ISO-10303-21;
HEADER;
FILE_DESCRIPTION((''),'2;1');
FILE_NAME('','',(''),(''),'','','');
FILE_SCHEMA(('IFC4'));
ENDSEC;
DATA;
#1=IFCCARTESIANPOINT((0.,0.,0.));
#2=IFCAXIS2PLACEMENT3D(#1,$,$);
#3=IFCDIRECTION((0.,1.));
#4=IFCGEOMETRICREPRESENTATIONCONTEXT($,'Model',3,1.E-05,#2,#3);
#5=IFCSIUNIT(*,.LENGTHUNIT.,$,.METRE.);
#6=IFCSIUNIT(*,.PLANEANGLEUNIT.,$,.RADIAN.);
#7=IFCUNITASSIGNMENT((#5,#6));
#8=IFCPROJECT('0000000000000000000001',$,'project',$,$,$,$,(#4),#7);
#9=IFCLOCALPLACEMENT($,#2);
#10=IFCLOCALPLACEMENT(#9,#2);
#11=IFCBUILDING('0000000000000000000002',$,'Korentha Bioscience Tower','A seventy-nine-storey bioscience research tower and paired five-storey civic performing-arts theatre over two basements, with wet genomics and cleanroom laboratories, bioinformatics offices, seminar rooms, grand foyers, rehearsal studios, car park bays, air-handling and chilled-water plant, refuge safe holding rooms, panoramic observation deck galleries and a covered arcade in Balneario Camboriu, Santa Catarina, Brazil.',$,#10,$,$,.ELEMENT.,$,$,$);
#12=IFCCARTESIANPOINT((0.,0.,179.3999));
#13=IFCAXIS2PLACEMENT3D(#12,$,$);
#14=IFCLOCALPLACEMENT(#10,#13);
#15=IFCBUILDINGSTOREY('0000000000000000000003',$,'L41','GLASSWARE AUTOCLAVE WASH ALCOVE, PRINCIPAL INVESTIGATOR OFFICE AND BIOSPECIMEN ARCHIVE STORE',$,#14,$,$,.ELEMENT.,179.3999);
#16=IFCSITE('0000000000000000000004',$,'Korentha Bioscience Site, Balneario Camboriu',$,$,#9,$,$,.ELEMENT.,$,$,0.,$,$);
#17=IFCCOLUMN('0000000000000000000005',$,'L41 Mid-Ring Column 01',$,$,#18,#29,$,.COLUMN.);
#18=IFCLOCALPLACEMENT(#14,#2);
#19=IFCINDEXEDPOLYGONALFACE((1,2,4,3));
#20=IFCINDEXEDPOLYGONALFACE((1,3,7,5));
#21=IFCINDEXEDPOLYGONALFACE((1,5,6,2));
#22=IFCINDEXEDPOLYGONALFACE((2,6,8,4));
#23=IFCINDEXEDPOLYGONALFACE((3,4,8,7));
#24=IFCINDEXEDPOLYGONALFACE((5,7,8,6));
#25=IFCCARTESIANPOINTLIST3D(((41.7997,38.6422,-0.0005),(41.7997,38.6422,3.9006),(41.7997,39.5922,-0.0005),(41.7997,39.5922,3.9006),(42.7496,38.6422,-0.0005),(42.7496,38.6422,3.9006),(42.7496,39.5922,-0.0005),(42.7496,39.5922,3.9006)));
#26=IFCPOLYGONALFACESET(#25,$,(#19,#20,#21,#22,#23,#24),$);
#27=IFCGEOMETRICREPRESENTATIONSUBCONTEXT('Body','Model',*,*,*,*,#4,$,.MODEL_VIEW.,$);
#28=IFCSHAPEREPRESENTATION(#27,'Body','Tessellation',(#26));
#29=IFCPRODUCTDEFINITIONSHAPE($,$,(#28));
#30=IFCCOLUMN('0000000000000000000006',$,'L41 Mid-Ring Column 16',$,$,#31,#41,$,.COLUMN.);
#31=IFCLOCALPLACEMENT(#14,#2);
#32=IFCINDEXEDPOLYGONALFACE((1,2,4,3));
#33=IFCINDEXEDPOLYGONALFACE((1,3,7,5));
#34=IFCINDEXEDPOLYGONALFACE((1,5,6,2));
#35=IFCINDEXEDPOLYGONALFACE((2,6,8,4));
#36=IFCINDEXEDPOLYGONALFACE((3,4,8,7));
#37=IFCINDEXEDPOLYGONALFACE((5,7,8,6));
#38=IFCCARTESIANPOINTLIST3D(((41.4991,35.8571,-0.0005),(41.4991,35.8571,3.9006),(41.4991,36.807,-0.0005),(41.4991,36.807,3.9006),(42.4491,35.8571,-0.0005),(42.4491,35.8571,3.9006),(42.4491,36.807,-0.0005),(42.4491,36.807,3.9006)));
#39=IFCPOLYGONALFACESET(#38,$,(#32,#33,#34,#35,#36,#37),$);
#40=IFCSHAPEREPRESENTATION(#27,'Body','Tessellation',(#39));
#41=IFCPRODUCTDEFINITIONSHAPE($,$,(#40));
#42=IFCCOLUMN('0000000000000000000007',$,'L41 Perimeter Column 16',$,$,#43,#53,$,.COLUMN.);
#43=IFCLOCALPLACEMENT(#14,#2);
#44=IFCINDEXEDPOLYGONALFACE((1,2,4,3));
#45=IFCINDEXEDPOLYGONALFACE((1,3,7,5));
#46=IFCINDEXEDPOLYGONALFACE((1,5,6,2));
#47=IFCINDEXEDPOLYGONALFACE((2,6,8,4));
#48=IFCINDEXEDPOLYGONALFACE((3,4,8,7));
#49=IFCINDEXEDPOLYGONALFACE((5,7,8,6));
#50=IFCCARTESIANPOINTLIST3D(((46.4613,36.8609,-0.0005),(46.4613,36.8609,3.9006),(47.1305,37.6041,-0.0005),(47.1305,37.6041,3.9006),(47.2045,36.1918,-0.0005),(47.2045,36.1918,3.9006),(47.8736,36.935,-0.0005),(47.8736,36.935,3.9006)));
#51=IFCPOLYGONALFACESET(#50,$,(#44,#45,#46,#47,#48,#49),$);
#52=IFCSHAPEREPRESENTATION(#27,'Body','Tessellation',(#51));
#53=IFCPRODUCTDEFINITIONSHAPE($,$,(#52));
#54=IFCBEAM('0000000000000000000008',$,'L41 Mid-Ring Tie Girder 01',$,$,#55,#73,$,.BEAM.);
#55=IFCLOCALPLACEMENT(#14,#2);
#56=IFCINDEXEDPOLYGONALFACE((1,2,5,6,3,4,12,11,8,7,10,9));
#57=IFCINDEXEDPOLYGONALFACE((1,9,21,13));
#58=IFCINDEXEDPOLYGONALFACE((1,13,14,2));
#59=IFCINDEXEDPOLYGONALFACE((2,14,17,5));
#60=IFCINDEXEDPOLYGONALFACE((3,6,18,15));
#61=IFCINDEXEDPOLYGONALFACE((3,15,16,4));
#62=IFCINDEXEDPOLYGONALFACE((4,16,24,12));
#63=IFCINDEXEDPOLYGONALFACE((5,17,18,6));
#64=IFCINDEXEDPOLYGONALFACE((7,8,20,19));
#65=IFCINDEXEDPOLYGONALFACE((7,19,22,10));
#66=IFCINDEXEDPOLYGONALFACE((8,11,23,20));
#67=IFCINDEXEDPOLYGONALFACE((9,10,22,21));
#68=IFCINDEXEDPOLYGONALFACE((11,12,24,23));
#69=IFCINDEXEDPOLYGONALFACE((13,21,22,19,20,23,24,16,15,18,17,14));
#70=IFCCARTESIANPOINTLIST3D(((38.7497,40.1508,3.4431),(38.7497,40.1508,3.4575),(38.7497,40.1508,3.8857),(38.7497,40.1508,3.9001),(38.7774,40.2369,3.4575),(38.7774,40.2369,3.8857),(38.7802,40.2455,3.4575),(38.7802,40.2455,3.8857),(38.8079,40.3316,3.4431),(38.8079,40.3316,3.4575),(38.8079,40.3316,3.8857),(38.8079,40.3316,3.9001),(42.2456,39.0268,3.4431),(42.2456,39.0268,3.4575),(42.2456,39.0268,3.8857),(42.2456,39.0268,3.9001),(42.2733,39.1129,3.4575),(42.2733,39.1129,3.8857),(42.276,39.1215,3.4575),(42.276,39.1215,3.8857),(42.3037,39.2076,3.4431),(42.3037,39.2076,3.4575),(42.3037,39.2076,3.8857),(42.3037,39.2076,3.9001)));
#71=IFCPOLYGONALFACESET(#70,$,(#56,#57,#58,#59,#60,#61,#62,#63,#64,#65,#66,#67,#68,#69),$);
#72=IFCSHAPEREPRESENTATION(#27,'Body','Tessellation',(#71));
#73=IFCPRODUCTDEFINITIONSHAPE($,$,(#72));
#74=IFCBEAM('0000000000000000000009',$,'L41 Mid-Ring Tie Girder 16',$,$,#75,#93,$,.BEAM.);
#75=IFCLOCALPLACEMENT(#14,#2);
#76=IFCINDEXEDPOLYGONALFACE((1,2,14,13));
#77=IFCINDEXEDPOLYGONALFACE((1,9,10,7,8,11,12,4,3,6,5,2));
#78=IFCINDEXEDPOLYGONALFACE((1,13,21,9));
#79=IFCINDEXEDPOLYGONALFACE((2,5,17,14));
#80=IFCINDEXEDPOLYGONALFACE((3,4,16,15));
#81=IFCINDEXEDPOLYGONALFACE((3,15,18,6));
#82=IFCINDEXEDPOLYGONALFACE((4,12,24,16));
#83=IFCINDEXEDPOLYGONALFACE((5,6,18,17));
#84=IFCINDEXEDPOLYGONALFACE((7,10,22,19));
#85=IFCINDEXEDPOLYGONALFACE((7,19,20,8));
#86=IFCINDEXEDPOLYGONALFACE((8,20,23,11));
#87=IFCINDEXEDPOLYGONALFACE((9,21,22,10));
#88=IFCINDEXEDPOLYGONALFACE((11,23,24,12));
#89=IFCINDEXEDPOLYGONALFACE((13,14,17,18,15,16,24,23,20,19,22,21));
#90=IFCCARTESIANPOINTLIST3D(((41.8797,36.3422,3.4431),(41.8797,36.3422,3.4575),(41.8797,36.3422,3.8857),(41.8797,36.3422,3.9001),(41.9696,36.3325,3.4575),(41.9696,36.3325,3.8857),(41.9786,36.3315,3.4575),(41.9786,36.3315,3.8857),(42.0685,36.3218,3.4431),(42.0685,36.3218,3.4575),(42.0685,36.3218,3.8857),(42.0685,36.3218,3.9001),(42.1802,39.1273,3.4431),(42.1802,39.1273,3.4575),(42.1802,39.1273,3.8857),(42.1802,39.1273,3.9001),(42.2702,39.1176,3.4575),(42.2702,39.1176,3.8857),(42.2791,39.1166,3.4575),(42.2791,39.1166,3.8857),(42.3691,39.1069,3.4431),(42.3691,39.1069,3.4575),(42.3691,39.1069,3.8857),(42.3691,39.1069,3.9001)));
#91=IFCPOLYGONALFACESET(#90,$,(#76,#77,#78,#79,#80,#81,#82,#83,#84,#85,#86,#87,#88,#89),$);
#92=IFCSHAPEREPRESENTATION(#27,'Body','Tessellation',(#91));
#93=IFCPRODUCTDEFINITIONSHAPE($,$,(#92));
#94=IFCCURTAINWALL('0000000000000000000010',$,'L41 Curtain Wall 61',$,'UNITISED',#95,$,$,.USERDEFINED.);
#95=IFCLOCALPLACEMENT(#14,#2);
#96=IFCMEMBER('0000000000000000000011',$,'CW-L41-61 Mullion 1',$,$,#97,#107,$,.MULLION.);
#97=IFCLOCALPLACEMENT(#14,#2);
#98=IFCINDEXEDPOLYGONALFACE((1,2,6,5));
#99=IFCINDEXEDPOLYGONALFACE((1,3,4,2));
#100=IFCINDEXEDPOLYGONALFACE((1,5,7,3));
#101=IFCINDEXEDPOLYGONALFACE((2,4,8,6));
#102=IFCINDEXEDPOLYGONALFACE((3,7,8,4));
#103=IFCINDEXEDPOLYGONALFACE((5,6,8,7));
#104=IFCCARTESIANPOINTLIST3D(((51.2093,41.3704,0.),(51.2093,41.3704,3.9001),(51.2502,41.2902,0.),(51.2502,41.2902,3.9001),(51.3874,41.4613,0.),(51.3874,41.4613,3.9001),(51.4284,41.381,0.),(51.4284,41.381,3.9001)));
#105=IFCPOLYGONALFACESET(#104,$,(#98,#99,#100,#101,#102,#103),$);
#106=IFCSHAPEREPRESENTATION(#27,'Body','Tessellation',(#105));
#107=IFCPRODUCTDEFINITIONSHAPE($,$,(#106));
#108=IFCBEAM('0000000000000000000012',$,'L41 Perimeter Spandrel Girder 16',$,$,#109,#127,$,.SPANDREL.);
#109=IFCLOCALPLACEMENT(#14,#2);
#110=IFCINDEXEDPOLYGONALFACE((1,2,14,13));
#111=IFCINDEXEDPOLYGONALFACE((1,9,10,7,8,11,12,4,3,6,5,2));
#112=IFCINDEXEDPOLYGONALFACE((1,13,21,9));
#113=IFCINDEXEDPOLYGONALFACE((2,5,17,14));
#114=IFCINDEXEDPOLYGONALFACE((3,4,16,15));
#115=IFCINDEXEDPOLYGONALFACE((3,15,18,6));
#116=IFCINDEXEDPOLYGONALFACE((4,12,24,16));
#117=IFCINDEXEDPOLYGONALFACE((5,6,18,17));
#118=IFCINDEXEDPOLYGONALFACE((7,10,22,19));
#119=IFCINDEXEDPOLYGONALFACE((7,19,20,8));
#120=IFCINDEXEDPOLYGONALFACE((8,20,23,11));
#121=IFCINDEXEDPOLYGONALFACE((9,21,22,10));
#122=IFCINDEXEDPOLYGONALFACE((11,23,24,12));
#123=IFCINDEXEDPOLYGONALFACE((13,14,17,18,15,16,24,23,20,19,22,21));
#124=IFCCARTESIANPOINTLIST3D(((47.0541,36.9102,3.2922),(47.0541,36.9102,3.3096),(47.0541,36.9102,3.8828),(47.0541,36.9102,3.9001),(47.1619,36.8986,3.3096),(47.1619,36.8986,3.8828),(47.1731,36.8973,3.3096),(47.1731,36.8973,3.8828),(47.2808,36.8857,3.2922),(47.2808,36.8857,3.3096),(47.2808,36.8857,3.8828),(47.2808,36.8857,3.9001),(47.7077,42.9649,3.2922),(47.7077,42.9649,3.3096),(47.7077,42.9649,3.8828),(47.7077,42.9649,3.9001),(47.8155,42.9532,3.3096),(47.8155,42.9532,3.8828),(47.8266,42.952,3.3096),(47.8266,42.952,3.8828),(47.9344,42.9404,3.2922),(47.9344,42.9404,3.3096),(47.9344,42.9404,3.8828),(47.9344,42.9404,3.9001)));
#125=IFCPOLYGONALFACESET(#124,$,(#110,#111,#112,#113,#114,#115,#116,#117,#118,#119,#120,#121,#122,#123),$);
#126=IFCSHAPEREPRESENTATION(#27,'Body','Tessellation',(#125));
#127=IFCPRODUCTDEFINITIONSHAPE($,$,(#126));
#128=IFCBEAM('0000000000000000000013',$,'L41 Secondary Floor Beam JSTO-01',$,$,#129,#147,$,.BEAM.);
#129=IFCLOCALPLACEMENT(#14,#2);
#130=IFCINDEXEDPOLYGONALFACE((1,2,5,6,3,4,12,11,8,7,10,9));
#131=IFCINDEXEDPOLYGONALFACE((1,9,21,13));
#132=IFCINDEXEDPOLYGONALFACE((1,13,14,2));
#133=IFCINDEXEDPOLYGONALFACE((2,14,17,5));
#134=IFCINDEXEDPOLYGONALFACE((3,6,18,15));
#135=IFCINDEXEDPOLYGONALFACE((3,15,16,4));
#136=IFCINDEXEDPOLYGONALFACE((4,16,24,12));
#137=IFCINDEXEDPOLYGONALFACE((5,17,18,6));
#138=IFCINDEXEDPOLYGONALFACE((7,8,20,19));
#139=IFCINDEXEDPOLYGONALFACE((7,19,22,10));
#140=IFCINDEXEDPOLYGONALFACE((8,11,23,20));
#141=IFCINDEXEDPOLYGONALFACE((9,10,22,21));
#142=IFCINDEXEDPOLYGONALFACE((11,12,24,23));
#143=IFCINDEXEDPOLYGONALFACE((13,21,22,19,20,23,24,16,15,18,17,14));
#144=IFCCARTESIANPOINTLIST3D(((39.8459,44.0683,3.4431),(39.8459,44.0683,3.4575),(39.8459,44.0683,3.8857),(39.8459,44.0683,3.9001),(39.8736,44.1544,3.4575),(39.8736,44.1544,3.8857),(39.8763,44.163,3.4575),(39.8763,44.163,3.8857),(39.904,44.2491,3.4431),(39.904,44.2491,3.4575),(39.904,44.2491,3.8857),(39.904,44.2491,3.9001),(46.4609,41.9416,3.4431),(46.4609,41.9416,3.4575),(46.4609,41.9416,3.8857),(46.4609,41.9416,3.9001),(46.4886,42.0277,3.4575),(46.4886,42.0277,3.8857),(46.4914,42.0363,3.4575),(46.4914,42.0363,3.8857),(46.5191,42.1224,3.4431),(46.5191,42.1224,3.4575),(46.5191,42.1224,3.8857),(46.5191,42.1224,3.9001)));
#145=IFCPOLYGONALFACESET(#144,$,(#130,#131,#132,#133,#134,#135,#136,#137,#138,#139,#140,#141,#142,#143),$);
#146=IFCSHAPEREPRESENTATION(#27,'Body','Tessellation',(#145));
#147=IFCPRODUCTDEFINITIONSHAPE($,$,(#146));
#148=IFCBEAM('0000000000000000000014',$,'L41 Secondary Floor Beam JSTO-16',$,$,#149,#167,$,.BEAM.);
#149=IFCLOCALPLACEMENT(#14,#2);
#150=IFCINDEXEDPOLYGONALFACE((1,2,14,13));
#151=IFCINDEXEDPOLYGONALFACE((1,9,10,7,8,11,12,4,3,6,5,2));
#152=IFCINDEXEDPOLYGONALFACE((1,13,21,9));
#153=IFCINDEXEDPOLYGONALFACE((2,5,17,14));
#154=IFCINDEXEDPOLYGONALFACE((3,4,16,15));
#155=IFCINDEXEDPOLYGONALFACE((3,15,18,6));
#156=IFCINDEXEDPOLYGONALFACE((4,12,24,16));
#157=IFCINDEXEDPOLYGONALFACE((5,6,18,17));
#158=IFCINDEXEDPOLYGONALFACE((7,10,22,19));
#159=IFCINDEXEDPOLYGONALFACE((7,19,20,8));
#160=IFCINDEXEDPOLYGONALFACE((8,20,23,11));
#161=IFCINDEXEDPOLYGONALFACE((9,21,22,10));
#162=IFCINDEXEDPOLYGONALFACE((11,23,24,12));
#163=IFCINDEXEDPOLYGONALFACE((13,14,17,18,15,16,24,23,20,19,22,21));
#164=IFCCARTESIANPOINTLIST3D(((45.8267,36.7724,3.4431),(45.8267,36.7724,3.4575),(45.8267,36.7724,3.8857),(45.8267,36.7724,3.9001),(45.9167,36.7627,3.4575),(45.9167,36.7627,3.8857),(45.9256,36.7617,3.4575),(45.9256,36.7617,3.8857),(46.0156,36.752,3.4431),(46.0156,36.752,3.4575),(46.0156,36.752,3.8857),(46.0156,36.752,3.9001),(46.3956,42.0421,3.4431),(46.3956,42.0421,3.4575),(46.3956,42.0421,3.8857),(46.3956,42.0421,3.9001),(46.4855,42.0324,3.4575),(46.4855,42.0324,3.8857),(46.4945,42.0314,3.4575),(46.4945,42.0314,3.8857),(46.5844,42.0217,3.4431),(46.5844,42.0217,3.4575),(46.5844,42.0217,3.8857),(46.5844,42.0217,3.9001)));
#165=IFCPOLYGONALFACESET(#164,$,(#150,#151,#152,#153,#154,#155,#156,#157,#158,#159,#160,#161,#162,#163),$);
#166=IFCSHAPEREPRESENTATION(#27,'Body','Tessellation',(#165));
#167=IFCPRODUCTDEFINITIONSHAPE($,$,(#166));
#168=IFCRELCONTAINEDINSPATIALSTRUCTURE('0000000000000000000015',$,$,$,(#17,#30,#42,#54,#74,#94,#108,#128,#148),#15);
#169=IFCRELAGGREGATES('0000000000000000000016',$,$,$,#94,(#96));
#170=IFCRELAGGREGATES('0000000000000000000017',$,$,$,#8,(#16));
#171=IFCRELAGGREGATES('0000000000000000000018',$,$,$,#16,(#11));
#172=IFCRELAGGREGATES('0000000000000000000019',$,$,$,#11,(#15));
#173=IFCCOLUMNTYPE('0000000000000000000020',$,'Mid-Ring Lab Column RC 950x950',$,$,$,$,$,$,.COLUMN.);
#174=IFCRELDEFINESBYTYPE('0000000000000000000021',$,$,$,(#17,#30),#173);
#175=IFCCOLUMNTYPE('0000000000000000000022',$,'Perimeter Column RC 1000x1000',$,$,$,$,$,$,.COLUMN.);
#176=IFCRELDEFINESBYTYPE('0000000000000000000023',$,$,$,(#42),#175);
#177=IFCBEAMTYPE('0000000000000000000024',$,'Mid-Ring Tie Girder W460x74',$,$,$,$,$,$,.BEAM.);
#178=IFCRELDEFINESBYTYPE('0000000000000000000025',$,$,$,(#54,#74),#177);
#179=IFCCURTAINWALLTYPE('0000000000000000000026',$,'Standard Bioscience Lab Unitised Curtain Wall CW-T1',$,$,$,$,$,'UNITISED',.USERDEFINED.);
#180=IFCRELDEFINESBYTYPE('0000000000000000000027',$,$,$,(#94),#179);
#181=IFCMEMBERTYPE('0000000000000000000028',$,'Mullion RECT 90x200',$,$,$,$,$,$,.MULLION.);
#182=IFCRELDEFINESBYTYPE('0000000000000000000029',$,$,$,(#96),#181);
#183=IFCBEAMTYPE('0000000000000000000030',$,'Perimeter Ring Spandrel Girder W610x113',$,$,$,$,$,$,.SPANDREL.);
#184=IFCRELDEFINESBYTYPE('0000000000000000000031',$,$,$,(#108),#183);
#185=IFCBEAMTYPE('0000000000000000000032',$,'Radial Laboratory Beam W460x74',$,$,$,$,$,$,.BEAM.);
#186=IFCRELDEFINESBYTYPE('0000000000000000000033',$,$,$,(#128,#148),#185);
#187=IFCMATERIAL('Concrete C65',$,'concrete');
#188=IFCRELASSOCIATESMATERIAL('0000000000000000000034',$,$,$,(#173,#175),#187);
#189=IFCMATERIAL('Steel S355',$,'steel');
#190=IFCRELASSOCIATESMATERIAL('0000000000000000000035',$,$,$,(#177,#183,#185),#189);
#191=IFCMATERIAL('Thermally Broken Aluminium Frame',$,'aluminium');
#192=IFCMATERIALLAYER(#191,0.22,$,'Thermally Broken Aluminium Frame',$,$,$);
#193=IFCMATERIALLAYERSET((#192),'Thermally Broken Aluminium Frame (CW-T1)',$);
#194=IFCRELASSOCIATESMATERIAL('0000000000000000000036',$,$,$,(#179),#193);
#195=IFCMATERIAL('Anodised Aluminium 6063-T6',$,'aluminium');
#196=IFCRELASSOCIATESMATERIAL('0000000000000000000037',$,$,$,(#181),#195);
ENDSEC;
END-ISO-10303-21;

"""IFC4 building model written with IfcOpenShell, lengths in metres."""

from ifc_helpers import new_model, si_unit, direction, frame, origin, origin_2d, place, context, subcontext, project, spatial, rectangle, i_section, extrude, material, layer, layer_set, material_profile, profile_set, type_object, element, aggregate, save


model = new_model("IFC4")

# Units and contexts
model_context = context("Model", 3, precision=1e-05, world=origin(), true_north=direction((0.0, 1.0)))
body_context = subcontext(model_context, "Body", "Model", "MODEL_VIEW")
ifc_project = project(units=[si_unit("LENGTHUNIT", "METRE"), si_unit("PLANEANGLEUNIT", "RADIAN")], contexts=[model_context])

# Site, building, storey
site_placement = place(None, origin())
site = spatial("IfcSite", under=ifc_project, at=site_placement, Name="Korentha Bioscience Site, Balneario Camboriu", CompositionType="ELEMENT", RefElevation=0.0)
building_placement = place(site_placement, origin())
building = spatial("IfcBuilding", under=site, at=building_placement, Name="Korentha Bioscience Tower", Description="A seventy-nine-storey bioscience research tower and paired five-storey civic performing-arts theatre over two basements, with wet genomics and cleanroom laboratories, bioinformatics offices, seminar rooms, grand foyers, rehearsal studios, car park bays, air-handling and chilled-water plant, refuge safe holding rooms, panoramic observation deck galleries and a covered arcade in Balneario Camboriu, Santa Catarina, Brazil.", CompositionType="ELEMENT")
storey_placement = place(building_placement, frame((0.0, 0.0, 179.3999)))
storey = spatial("IfcBuildingStorey", under=building, at=storey_placement, Name="L41", Description="GLASSWARE AUTOCLAVE WASH ALCOVE, PRINCIPAL INVESTIGATOR OFFICE AND BIOSPECIMEN ARCHIVE STORE", CompositionType="ELEMENT", Elevation=179.3999)

# Columns
ifc_material_1 = material(Name="Concrete C65", Category="concrete")
ifc_material_profile_1 = material_profile(ifc_material_1, rectangle(XDim=0.95, YDim=0.95, at=origin_2d()), Name="Concrete C65")
ifc_profile_set_1 = profile_set([ifc_material_profile_1], Name="Concrete C65 (COL-MR09)")
column_type_1 = type_object("IfcColumnType", Name="Mid-Ring Lab Column RC 950x950", PredefinedType="COLUMN", material=ifc_profile_set_1)
for number, where, z_axis, x_axis, name in (
    (1, (42.2747, 39.1172, -0.0005), (0.0, 0.0, 1.0), (1.0, 0.0, 0.0), "L41 Mid-Ring Column 01"),
    (2, (41.9741, 36.332, -0.0005), (0.0, 0.0, 1.0), (1.0, 0.0, 0.0), "L41 Mid-Ring Column 16"),
):
    element("IfcColumn", number, at=place(storey_placement, frame(where, z_axis=z_axis, x_axis=x_axis)), inside=storey, type_object=column_type_1, Name=name, PredefinedType="COLUMN", context=body_context, shape_type="SweptSolid", body=[
        extrude(rectangle(XDim=0.95, YDim=0.95, at=origin_2d()), origin(), (0.0, 0.0, 1.0), 3.9011),
    ])
ifc_material_profile_2 = material_profile(ifc_material_1, rectangle(XDim=1.0, YDim=1.0, at=origin_2d()), Name="Concrete C65")
ifc_profile_set_2 = profile_set([ifc_material_profile_2], Name="Concrete C65 (COL-P10)")
column_type_2 = type_object("IfcColumnType", Name="Perimeter Column RC 1000x1000", PredefinedType="COLUMN", material=ifc_profile_set_2)
column_placement = place(storey_placement, frame((47.1675, 36.8979, -0.0005), z_axis=(0.0, 0.0, 1.0), x_axis=(0.669131, 0.743145, 0.0)))
element("IfcColumn", 3, at=column_placement, inside=storey, type_object=column_type_2, Name="L41 Perimeter Column 16", PredefinedType="COLUMN", context=body_context, shape_type="SweptSolid", body=[
    extrude(rectangle(XDim=1.0, YDim=1.0, at=origin_2d()), origin(), (0.0, 0.0, 1.0), 3.9011),
])

# Beams
ifc_material_2 = material(Name="Steel S355", Category="steel")
ifc_material_profile_3 = material_profile(ifc_material_2, i_section(OverallWidth=0.1899, OverallDepth=0.457, WebThickness=0.009, FlangeThickness=0.0144, at=origin_2d()), Name="Steel S355")
ifc_profile_set_3 = profile_set([ifc_material_profile_3], Name="Steel S355 (MB-460)")
beam_type_1 = type_object("IfcBeamType", Name="Mid-Ring Tie Girder W460x74", PredefinedType="BEAM", material=ifc_profile_set_3)
beam_1_placement = place(storey_placement, frame((42.2747, 39.1172, 3.6716), z_axis=(-0.952, 0.306097, 0.0), x_axis=(-0.306097, -0.952, 0.0)))
element("IfcBeam", 4, at=beam_1_placement, inside=storey, type_object=beam_type_1, Name="L41 Mid-Ring Tie Girder 01", PredefinedType="BEAM", context=body_context, shape_type="SweptSolid", body=[
    extrude(i_section(OverallWidth=0.1899, OverallDepth=0.457, WebThickness=0.009, FlangeThickness=0.0144, at=origin_2d()), origin(), (0.0, 0.0, 1.0), 3.6721),
])
beam_2_placement = place(storey_placement, frame((41.9741, 36.332, 3.6716), z_axis=(0.107284, 0.994228, 0.0), x_axis=(-0.994228, 0.107284, 0.0)))
element("IfcBeam", 5, at=beam_2_placement, inside=storey, type_object=beam_type_1, Name="L41 Mid-Ring Tie Girder 16", PredefinedType="BEAM", context=body_context, shape_type="SweptSolid", body=[
    extrude(i_section(OverallWidth=0.1899, OverallDepth=0.457, WebThickness=0.009, FlangeThickness=0.0144, at=origin_2d()), origin(), (0.0, 0.0, 1.0), 2.8013),
])

# Curtain wall, member
ifc_material_3 = material(Name="Thermally Broken Aluminium Frame", Category="aluminium")
ifc_layer_1 = layer(ifc_material_3, 0.22, Name="Thermally Broken Aluminium Frame")
ifc_layer_set_1 = layer_set([ifc_layer_1], Name="Thermally Broken Aluminium Frame (CW-T1)")
curtain_wall_type = type_object("IfcCurtainWallType", Name="Standard Bioscience Lab Unitised Curtain Wall CW-T1", ElementType="UNITISED", PredefinedType="USERDEFINED", material=ifc_layer_set_1)
curtain_wall_placement = place(storey_placement, origin())
curtain_wall = element("IfcCurtainWall", 6, at=curtain_wall_placement, inside=storey, type_object=curtain_wall_type, Name="L41 Curtain Wall 61", ObjectType="UNITISED", PredefinedType="USERDEFINED")
ifc_material_4 = material(Name="Anodised Aluminium 6063-T6", Category="aluminium")
ifc_material_profile_4 = material_profile(ifc_material_4, rectangle(XDim=0.0901, YDim=0.2, at=origin_2d()), Name="Anodised Aluminium 6063-T6")
ifc_profile_set_4 = profile_set([ifc_material_profile_4], Name="Anodised Aluminium 6063-T6 (CW-MUL)")
member_type_1 = type_object("IfcMemberType", Name="Mullion RECT 90x200", PredefinedType="MULLION", material=ifc_profile_set_4)
member_1_placement = place(storey_placement, frame((51.3188, 41.3757, 0.0), z_axis=(0.0, 0.0, 1.0), x_axis=(-0.454288, 0.890855, 0.0)))
member_1 = element("IfcMember", 7, at=member_1_placement, type_object=member_type_1, Name="CW-L41-61 Mullion 1", PredefinedType="MULLION", context=body_context, shape_type="SweptSolid", body=[
    extrude(rectangle(XDim=0.0901, YDim=0.2, at=origin_2d()), origin(), (0.0, 0.0, 1.0), 3.9001),
])

# Beams
ifc_material_profile_5 = material_profile(ifc_material_2, i_section(OverallWidth=0.228, OverallDepth=0.6079, WebThickness=0.0112, FlangeThickness=0.0173, at=origin_2d()), Name="Steel S355")
ifc_profile_set_5 = profile_set([ifc_material_profile_5], Name="Steel S355 (SB-610)")
beam_type_2 = type_object("IfcBeamType", Name="Perimeter Ring Spandrel Girder W610x113", PredefinedType="SPANDREL", material=ifc_profile_set_5)
beam_3_placement = place(storey_placement, frame((47.1675, 36.8979, 3.5962), z_axis=(0.10732, 0.994225, 0.0), x_axis=(-0.994225, 0.10732, 0.0)))
element("IfcBeam", 8, at=beam_3_placement, inside=storey, type_object=beam_type_2, Name="L41 Perimeter Spandrel Girder 16", PredefinedType="SPANDREL", context=body_context, shape_type="SweptSolid", body=[
    extrude(i_section(OverallWidth=0.228, OverallDepth=0.6079, WebThickness=0.0112, FlangeThickness=0.0173, at=origin_2d()), origin(), (0.0, 0.0, 1.0), 6.0898),
])
ifc_material_profile_6 = material_profile(ifc_material_2, i_section(OverallWidth=0.1899, OverallDepth=0.457, WebThickness=0.009, FlangeThickness=0.0144, at=origin_2d()), Name="Steel S355")
ifc_profile_set_6 = profile_set([ifc_material_profile_6], Name="Steel S355 (RB-460)")
beam_type_3 = type_object("IfcBeamType", Name="Radial Laboratory Beam W460x74", PredefinedType="BEAM", material=ifc_profile_set_6)
beam_4_placement = place(storey_placement, frame((46.49, 42.032, 3.6716), z_axis=(-0.952009, 0.306069, 0.0), x_axis=(-0.306069, -0.952009, 0.0)))
element("IfcBeam", 9, at=beam_4_placement, inside=storey, type_object=beam_type_3, Name="L41 Secondary Floor Beam JSTO-01", PredefinedType="BEAM", context=body_context, shape_type="SweptSolid", body=[
    extrude(i_section(OverallWidth=0.1899, OverallDepth=0.457, WebThickness=0.009, FlangeThickness=0.0144, at=origin_2d()), origin(), (0.0, 0.0, 1.0), 6.9485),
])
beam_5_placement = place(storey_placement, frame((45.9211, 36.7622, 3.6716), z_axis=(0.107322, 0.994224, 0.0), x_axis=(-0.994224, 0.107322, 0.0)))
element("IfcBeam", 10, at=beam_5_placement, inside=storey, type_object=beam_type_3, Name="L41 Secondary Floor Beam JSTO-16", PredefinedType="BEAM", context=body_context, shape_type="SweptSolid", body=[
    extrude(i_section(OverallWidth=0.1899, OverallDepth=0.457, WebThickness=0.009, FlangeThickness=0.0144, at=origin_2d()), origin(), (0.0, 0.0, 1.0), 5.3003),
])

aggregate(curtain_wall, [member_1])

save(model, "model.ifc")
